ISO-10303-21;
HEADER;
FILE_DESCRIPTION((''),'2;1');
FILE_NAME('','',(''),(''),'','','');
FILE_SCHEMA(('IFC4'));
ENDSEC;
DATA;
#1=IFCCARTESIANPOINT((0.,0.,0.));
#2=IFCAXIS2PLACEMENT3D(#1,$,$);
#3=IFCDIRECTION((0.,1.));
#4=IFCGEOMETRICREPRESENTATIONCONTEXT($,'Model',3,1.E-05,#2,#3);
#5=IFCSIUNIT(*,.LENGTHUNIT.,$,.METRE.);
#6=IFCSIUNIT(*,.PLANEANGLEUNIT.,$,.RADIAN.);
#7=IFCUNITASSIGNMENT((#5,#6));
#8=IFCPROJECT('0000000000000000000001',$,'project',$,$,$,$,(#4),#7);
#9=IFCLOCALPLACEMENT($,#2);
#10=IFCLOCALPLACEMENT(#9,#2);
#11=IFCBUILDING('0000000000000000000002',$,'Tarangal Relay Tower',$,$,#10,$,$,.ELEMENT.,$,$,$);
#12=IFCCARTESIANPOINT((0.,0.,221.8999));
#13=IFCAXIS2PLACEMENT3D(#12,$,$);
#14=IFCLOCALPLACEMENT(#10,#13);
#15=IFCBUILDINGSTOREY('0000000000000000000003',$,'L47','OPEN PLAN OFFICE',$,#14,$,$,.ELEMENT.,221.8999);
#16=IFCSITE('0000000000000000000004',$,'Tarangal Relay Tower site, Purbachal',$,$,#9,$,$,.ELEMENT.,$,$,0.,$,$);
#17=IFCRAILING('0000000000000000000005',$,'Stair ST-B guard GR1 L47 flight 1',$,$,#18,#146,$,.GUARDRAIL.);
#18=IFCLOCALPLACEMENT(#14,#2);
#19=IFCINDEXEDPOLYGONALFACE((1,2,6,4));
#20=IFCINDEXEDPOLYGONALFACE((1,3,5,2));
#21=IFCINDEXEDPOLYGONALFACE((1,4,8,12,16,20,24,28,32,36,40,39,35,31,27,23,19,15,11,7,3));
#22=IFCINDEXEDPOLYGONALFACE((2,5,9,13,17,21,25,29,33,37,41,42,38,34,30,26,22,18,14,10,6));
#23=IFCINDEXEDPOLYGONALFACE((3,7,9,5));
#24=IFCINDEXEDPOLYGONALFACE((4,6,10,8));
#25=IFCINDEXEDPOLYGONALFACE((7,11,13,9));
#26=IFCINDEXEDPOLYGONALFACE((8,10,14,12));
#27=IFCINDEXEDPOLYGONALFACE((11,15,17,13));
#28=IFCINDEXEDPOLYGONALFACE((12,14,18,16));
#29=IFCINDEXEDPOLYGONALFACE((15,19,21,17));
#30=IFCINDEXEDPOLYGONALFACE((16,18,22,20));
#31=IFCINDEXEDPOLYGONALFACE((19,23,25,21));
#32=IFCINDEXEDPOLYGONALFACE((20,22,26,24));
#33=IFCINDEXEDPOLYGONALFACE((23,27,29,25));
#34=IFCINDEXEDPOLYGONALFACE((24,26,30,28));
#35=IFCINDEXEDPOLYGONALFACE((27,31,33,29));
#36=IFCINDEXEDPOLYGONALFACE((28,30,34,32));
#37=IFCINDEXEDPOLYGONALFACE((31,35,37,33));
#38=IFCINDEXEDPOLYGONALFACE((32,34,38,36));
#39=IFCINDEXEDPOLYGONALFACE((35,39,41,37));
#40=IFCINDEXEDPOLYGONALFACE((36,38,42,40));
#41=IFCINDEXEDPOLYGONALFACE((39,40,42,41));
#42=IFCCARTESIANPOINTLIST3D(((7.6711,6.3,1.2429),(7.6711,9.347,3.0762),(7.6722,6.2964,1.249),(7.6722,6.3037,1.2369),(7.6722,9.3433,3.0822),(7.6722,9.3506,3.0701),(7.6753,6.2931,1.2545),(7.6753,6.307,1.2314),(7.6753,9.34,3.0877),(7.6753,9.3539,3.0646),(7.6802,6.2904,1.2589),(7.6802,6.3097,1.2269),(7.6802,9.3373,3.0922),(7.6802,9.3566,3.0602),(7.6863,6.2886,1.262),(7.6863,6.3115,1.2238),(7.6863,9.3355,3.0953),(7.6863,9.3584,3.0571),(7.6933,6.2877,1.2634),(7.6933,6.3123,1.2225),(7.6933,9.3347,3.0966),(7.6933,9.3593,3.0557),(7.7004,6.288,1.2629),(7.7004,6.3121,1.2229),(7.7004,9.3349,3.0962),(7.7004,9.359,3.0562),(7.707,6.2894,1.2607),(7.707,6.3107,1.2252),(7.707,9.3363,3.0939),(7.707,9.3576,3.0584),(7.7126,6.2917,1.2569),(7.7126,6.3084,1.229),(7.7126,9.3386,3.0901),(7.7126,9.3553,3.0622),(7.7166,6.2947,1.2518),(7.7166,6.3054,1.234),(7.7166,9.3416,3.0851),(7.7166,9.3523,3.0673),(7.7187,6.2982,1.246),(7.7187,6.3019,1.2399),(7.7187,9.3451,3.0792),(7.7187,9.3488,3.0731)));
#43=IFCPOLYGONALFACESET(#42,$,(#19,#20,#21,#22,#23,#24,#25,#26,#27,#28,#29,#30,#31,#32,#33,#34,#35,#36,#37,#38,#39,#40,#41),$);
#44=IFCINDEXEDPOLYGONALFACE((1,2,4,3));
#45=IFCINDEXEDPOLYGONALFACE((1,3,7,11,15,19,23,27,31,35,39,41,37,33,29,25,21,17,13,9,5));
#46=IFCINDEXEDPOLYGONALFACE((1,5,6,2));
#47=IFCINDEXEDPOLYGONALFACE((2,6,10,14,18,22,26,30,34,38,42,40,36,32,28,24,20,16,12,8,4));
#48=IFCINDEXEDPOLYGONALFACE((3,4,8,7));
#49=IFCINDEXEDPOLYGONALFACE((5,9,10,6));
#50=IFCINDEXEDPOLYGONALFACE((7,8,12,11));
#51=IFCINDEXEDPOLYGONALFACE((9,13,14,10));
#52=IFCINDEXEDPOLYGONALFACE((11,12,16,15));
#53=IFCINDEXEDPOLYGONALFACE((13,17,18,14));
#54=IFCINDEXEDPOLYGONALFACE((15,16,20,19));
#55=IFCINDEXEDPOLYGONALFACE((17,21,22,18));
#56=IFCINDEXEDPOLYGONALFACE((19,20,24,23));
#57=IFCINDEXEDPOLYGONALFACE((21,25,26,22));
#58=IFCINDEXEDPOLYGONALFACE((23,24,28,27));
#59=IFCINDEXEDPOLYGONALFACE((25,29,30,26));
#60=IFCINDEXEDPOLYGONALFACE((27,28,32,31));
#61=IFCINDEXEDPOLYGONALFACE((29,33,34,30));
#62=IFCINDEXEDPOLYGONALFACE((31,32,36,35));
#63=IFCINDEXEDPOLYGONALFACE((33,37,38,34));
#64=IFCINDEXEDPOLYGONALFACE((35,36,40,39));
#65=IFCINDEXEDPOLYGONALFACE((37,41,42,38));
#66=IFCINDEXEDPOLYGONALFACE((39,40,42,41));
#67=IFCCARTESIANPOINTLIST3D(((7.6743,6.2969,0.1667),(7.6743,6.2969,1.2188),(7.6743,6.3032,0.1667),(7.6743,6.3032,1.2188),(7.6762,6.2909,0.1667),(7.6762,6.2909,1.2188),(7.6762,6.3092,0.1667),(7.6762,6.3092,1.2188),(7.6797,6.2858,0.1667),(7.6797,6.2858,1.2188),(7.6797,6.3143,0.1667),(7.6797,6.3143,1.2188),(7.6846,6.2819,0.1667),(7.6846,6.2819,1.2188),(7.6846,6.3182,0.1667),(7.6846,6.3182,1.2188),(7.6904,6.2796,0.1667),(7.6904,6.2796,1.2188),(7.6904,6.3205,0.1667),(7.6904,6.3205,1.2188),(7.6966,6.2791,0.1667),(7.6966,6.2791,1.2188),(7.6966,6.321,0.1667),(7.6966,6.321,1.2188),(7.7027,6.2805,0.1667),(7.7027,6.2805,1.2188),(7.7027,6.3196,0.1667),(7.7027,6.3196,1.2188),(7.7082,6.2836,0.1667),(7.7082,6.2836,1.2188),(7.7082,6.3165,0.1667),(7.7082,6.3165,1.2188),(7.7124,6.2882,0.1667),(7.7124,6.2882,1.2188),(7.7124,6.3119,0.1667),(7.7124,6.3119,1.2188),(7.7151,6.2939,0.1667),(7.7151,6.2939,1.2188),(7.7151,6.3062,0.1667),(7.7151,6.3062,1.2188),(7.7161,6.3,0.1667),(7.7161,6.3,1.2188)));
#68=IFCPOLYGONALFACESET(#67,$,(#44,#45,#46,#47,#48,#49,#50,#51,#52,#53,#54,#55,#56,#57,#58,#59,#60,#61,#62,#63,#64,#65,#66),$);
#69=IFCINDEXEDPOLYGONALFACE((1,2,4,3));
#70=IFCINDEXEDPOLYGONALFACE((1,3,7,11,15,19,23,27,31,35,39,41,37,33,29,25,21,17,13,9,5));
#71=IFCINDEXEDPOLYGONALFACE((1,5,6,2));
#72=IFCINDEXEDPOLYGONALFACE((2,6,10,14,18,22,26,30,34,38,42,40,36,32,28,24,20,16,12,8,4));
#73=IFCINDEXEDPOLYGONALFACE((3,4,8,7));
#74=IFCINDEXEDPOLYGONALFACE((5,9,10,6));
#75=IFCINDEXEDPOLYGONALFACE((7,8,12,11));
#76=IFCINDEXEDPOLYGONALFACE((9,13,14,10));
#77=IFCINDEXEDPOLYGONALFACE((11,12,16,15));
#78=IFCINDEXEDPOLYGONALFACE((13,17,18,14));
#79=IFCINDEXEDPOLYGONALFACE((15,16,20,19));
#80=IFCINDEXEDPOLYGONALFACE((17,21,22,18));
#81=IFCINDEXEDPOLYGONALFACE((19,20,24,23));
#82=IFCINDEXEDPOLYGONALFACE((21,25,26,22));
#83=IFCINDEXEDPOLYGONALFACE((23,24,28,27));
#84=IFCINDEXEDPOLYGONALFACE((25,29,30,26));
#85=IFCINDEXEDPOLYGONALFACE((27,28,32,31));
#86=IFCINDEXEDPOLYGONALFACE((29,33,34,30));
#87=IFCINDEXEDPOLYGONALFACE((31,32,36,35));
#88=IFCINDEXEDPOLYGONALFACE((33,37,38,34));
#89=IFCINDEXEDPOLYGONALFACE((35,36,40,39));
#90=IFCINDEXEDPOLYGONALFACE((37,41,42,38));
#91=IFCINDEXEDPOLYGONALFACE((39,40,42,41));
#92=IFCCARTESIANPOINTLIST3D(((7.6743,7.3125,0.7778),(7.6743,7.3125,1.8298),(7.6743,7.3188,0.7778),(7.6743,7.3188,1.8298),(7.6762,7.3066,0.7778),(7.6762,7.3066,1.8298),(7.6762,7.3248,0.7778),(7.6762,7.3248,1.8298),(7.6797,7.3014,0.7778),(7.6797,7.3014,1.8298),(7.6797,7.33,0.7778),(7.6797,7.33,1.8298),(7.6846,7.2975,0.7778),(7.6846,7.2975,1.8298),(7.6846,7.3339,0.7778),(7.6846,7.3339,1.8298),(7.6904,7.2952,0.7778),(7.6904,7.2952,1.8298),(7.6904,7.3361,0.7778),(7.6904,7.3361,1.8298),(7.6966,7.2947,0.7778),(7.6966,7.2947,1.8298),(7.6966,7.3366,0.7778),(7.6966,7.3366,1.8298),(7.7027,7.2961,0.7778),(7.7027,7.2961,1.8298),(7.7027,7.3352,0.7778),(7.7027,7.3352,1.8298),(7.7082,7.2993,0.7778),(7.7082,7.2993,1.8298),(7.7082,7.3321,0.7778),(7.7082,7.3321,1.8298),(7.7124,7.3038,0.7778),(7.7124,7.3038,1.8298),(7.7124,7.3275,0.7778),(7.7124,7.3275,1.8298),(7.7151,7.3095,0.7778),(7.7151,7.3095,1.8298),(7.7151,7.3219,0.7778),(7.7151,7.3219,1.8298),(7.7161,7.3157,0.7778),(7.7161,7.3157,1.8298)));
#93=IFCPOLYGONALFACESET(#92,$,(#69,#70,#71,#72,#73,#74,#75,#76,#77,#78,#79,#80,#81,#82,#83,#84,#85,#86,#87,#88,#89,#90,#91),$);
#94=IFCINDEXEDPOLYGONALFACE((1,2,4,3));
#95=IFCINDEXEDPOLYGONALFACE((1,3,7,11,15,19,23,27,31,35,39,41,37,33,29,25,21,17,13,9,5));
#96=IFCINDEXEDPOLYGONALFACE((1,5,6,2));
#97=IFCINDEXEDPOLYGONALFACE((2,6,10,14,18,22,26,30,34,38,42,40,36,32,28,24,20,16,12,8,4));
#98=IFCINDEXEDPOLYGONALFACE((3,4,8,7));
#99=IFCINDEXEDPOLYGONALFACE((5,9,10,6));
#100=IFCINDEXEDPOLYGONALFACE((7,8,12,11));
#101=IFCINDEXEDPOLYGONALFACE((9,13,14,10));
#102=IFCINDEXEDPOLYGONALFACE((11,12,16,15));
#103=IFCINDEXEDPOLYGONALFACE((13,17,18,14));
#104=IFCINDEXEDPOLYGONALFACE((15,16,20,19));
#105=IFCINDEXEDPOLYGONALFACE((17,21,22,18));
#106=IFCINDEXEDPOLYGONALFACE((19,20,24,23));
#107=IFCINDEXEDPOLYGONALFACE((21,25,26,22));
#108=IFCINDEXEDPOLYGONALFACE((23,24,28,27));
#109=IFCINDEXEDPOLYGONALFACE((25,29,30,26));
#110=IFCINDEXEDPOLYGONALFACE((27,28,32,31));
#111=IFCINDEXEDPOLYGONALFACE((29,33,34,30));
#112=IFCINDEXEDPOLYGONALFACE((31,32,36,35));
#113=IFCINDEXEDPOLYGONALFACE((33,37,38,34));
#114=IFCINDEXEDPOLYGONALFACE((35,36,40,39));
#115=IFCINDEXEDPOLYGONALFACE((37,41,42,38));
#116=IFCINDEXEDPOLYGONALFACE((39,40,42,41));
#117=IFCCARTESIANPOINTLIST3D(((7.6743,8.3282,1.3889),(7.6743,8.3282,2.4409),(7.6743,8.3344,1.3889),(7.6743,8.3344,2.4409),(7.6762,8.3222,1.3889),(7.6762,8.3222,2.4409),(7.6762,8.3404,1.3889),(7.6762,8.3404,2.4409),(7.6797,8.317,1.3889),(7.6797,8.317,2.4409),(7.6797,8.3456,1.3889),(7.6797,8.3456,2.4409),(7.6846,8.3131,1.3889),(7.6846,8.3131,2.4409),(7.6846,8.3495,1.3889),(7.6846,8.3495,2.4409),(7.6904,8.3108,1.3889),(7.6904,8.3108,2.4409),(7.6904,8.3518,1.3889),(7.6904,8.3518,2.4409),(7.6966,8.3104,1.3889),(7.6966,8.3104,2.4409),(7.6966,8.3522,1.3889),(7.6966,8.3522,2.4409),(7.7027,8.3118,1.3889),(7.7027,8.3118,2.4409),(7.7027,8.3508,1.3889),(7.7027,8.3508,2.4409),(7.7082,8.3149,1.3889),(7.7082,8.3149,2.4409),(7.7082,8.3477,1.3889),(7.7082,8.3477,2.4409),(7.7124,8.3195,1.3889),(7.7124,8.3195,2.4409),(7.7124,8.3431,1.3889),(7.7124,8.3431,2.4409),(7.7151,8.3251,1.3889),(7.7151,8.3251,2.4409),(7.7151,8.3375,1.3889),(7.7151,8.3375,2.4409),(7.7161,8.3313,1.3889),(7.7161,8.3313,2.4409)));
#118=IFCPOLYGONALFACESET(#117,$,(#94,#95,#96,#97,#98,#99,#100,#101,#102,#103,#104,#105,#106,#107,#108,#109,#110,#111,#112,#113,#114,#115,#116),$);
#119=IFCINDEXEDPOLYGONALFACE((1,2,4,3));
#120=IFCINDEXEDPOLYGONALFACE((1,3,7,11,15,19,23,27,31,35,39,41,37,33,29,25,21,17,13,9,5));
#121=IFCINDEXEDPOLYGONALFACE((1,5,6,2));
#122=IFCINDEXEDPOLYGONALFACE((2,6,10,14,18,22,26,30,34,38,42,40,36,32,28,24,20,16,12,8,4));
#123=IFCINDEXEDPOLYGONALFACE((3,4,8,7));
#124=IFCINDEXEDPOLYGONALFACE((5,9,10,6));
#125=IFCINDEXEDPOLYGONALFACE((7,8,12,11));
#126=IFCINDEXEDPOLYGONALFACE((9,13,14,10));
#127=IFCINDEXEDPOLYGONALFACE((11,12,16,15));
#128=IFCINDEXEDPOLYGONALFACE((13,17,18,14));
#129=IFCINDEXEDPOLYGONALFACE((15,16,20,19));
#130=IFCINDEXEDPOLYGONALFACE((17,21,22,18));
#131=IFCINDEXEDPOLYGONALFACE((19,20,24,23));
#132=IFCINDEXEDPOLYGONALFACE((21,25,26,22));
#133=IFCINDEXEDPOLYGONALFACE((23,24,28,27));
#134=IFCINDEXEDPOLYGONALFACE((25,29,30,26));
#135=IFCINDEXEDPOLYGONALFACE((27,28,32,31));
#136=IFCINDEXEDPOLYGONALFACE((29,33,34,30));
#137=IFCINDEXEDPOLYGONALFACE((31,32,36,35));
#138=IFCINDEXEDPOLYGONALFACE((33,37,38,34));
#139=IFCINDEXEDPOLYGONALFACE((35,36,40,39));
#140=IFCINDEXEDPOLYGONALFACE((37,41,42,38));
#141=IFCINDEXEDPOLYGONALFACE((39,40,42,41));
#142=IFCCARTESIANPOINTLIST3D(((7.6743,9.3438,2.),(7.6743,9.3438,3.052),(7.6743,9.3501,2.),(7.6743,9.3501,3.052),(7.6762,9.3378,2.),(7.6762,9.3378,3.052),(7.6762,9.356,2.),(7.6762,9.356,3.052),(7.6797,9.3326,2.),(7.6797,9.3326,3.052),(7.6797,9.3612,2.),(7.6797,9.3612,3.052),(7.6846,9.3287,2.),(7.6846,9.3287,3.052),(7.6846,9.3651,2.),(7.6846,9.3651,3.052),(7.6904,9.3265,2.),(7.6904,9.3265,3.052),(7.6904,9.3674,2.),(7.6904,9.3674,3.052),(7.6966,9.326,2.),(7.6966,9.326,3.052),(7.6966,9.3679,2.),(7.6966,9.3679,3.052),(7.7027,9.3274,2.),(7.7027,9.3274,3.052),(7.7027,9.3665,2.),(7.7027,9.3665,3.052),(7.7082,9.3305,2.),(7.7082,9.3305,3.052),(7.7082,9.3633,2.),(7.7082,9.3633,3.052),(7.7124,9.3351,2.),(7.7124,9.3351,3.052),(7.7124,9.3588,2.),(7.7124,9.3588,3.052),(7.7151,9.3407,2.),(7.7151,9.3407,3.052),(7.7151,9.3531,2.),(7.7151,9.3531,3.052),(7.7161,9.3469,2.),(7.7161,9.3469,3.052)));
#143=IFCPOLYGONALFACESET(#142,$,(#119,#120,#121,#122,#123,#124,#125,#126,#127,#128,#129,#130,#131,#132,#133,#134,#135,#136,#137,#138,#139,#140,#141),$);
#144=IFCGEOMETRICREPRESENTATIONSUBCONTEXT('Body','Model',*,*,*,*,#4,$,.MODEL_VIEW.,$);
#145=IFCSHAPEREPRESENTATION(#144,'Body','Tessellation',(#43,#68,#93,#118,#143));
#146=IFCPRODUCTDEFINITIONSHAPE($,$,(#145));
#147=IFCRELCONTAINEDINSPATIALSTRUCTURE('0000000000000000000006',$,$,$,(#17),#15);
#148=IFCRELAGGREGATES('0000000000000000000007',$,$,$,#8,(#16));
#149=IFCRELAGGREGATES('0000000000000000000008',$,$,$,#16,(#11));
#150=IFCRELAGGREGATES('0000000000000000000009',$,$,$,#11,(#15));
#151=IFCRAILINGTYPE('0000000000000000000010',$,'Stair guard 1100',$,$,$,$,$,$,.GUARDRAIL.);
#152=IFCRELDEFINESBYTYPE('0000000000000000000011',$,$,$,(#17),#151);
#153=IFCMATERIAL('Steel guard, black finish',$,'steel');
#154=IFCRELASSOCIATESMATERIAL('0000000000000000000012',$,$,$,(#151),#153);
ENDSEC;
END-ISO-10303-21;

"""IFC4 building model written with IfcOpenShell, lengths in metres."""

from ifc_helpers import new_model, si_unit, direction, frame, origin, origin_2d, place, context, subcontext, project, spatial, circle, extrude, material, type_object, element, save


model = new_model("IFC4")

# Units and contexts
model_context = context("Model", 3, precision=1e-05, world=origin(), true_north=direction((0.0, 1.0)))
body_context = subcontext(model_context, "Body", "Model", "MODEL_VIEW")
ifc_project = project(units=[si_unit("LENGTHUNIT", "METRE"), si_unit("PLANEANGLEUNIT", "RADIAN")], contexts=[model_context])

# Site, building, storey
site_placement = place(None, origin())
site = spatial("IfcSite", under=ifc_project, at=site_placement, Name="Tarangal Relay Tower site, Purbachal", CompositionType="ELEMENT", RefElevation=0.0)
building_placement = place(site_placement, origin())
building = spatial("IfcBuilding", under=site, at=building_placement, Name="Tarangal Relay Tower", CompositionType="ELEMENT")
storey_placement = place(building_placement, frame((0.0, 0.0, 221.8999)))
storey = spatial("IfcBuildingStorey", under=building, at=storey_placement, Name="L47", Description="OPEN PLAN OFFICE", CompositionType="ELEMENT", Elevation=221.8999)

# Railing
ifc_material_1 = material(Name="Steel guard, black finish", Category="steel")
railing_type_1 = type_object("IfcRailingType", Name="Stair guard 1100", PredefinedType="GUARDRAIL", material=ifc_material_1)
railing_1_placement = place(storey_placement, frame((7.6951, 6.3, 0.1667)))
element("IfcRailing", 1, at=railing_1_placement, inside=storey, type_object=railing_type_1, Name="Stair ST-B guard GR1 L47 flight 1", PredefinedType="GUARDRAIL", context=body_context, shape_type="SweptSolid", body=[
    extrude(circle(Radius=0.0239, at=origin_2d()), frame((0.0, 0.0, 1.0762), z_axis=(0.0, 0.856856, 0.515556), x_axis=(-1.0, 0.0, 0.0)), (0.0, 0.0, 1.0), 3.5559),
    extrude(circle(Radius=0.021, at=origin_2d()), origin(), (0.0, 0.0, 1.0), 1.052),
    extrude(circle(Radius=0.021, at=origin_2d()), frame((0.0, 1.0156, 0.6111)), (0.0, 0.0, 1.0), 1.052),
    extrude(circle(Radius=0.021, at=origin_2d()), frame((0.0, 2.0312, 1.2222)), (0.0, 0.0, 1.0), 1.052),
    extrude(circle(Radius=0.021, at=origin_2d()), frame((0.0, 3.0469, 1.8333)), (0.0, 0.0, 1.0), 1.052),
])

save(model, "model.ifc")
